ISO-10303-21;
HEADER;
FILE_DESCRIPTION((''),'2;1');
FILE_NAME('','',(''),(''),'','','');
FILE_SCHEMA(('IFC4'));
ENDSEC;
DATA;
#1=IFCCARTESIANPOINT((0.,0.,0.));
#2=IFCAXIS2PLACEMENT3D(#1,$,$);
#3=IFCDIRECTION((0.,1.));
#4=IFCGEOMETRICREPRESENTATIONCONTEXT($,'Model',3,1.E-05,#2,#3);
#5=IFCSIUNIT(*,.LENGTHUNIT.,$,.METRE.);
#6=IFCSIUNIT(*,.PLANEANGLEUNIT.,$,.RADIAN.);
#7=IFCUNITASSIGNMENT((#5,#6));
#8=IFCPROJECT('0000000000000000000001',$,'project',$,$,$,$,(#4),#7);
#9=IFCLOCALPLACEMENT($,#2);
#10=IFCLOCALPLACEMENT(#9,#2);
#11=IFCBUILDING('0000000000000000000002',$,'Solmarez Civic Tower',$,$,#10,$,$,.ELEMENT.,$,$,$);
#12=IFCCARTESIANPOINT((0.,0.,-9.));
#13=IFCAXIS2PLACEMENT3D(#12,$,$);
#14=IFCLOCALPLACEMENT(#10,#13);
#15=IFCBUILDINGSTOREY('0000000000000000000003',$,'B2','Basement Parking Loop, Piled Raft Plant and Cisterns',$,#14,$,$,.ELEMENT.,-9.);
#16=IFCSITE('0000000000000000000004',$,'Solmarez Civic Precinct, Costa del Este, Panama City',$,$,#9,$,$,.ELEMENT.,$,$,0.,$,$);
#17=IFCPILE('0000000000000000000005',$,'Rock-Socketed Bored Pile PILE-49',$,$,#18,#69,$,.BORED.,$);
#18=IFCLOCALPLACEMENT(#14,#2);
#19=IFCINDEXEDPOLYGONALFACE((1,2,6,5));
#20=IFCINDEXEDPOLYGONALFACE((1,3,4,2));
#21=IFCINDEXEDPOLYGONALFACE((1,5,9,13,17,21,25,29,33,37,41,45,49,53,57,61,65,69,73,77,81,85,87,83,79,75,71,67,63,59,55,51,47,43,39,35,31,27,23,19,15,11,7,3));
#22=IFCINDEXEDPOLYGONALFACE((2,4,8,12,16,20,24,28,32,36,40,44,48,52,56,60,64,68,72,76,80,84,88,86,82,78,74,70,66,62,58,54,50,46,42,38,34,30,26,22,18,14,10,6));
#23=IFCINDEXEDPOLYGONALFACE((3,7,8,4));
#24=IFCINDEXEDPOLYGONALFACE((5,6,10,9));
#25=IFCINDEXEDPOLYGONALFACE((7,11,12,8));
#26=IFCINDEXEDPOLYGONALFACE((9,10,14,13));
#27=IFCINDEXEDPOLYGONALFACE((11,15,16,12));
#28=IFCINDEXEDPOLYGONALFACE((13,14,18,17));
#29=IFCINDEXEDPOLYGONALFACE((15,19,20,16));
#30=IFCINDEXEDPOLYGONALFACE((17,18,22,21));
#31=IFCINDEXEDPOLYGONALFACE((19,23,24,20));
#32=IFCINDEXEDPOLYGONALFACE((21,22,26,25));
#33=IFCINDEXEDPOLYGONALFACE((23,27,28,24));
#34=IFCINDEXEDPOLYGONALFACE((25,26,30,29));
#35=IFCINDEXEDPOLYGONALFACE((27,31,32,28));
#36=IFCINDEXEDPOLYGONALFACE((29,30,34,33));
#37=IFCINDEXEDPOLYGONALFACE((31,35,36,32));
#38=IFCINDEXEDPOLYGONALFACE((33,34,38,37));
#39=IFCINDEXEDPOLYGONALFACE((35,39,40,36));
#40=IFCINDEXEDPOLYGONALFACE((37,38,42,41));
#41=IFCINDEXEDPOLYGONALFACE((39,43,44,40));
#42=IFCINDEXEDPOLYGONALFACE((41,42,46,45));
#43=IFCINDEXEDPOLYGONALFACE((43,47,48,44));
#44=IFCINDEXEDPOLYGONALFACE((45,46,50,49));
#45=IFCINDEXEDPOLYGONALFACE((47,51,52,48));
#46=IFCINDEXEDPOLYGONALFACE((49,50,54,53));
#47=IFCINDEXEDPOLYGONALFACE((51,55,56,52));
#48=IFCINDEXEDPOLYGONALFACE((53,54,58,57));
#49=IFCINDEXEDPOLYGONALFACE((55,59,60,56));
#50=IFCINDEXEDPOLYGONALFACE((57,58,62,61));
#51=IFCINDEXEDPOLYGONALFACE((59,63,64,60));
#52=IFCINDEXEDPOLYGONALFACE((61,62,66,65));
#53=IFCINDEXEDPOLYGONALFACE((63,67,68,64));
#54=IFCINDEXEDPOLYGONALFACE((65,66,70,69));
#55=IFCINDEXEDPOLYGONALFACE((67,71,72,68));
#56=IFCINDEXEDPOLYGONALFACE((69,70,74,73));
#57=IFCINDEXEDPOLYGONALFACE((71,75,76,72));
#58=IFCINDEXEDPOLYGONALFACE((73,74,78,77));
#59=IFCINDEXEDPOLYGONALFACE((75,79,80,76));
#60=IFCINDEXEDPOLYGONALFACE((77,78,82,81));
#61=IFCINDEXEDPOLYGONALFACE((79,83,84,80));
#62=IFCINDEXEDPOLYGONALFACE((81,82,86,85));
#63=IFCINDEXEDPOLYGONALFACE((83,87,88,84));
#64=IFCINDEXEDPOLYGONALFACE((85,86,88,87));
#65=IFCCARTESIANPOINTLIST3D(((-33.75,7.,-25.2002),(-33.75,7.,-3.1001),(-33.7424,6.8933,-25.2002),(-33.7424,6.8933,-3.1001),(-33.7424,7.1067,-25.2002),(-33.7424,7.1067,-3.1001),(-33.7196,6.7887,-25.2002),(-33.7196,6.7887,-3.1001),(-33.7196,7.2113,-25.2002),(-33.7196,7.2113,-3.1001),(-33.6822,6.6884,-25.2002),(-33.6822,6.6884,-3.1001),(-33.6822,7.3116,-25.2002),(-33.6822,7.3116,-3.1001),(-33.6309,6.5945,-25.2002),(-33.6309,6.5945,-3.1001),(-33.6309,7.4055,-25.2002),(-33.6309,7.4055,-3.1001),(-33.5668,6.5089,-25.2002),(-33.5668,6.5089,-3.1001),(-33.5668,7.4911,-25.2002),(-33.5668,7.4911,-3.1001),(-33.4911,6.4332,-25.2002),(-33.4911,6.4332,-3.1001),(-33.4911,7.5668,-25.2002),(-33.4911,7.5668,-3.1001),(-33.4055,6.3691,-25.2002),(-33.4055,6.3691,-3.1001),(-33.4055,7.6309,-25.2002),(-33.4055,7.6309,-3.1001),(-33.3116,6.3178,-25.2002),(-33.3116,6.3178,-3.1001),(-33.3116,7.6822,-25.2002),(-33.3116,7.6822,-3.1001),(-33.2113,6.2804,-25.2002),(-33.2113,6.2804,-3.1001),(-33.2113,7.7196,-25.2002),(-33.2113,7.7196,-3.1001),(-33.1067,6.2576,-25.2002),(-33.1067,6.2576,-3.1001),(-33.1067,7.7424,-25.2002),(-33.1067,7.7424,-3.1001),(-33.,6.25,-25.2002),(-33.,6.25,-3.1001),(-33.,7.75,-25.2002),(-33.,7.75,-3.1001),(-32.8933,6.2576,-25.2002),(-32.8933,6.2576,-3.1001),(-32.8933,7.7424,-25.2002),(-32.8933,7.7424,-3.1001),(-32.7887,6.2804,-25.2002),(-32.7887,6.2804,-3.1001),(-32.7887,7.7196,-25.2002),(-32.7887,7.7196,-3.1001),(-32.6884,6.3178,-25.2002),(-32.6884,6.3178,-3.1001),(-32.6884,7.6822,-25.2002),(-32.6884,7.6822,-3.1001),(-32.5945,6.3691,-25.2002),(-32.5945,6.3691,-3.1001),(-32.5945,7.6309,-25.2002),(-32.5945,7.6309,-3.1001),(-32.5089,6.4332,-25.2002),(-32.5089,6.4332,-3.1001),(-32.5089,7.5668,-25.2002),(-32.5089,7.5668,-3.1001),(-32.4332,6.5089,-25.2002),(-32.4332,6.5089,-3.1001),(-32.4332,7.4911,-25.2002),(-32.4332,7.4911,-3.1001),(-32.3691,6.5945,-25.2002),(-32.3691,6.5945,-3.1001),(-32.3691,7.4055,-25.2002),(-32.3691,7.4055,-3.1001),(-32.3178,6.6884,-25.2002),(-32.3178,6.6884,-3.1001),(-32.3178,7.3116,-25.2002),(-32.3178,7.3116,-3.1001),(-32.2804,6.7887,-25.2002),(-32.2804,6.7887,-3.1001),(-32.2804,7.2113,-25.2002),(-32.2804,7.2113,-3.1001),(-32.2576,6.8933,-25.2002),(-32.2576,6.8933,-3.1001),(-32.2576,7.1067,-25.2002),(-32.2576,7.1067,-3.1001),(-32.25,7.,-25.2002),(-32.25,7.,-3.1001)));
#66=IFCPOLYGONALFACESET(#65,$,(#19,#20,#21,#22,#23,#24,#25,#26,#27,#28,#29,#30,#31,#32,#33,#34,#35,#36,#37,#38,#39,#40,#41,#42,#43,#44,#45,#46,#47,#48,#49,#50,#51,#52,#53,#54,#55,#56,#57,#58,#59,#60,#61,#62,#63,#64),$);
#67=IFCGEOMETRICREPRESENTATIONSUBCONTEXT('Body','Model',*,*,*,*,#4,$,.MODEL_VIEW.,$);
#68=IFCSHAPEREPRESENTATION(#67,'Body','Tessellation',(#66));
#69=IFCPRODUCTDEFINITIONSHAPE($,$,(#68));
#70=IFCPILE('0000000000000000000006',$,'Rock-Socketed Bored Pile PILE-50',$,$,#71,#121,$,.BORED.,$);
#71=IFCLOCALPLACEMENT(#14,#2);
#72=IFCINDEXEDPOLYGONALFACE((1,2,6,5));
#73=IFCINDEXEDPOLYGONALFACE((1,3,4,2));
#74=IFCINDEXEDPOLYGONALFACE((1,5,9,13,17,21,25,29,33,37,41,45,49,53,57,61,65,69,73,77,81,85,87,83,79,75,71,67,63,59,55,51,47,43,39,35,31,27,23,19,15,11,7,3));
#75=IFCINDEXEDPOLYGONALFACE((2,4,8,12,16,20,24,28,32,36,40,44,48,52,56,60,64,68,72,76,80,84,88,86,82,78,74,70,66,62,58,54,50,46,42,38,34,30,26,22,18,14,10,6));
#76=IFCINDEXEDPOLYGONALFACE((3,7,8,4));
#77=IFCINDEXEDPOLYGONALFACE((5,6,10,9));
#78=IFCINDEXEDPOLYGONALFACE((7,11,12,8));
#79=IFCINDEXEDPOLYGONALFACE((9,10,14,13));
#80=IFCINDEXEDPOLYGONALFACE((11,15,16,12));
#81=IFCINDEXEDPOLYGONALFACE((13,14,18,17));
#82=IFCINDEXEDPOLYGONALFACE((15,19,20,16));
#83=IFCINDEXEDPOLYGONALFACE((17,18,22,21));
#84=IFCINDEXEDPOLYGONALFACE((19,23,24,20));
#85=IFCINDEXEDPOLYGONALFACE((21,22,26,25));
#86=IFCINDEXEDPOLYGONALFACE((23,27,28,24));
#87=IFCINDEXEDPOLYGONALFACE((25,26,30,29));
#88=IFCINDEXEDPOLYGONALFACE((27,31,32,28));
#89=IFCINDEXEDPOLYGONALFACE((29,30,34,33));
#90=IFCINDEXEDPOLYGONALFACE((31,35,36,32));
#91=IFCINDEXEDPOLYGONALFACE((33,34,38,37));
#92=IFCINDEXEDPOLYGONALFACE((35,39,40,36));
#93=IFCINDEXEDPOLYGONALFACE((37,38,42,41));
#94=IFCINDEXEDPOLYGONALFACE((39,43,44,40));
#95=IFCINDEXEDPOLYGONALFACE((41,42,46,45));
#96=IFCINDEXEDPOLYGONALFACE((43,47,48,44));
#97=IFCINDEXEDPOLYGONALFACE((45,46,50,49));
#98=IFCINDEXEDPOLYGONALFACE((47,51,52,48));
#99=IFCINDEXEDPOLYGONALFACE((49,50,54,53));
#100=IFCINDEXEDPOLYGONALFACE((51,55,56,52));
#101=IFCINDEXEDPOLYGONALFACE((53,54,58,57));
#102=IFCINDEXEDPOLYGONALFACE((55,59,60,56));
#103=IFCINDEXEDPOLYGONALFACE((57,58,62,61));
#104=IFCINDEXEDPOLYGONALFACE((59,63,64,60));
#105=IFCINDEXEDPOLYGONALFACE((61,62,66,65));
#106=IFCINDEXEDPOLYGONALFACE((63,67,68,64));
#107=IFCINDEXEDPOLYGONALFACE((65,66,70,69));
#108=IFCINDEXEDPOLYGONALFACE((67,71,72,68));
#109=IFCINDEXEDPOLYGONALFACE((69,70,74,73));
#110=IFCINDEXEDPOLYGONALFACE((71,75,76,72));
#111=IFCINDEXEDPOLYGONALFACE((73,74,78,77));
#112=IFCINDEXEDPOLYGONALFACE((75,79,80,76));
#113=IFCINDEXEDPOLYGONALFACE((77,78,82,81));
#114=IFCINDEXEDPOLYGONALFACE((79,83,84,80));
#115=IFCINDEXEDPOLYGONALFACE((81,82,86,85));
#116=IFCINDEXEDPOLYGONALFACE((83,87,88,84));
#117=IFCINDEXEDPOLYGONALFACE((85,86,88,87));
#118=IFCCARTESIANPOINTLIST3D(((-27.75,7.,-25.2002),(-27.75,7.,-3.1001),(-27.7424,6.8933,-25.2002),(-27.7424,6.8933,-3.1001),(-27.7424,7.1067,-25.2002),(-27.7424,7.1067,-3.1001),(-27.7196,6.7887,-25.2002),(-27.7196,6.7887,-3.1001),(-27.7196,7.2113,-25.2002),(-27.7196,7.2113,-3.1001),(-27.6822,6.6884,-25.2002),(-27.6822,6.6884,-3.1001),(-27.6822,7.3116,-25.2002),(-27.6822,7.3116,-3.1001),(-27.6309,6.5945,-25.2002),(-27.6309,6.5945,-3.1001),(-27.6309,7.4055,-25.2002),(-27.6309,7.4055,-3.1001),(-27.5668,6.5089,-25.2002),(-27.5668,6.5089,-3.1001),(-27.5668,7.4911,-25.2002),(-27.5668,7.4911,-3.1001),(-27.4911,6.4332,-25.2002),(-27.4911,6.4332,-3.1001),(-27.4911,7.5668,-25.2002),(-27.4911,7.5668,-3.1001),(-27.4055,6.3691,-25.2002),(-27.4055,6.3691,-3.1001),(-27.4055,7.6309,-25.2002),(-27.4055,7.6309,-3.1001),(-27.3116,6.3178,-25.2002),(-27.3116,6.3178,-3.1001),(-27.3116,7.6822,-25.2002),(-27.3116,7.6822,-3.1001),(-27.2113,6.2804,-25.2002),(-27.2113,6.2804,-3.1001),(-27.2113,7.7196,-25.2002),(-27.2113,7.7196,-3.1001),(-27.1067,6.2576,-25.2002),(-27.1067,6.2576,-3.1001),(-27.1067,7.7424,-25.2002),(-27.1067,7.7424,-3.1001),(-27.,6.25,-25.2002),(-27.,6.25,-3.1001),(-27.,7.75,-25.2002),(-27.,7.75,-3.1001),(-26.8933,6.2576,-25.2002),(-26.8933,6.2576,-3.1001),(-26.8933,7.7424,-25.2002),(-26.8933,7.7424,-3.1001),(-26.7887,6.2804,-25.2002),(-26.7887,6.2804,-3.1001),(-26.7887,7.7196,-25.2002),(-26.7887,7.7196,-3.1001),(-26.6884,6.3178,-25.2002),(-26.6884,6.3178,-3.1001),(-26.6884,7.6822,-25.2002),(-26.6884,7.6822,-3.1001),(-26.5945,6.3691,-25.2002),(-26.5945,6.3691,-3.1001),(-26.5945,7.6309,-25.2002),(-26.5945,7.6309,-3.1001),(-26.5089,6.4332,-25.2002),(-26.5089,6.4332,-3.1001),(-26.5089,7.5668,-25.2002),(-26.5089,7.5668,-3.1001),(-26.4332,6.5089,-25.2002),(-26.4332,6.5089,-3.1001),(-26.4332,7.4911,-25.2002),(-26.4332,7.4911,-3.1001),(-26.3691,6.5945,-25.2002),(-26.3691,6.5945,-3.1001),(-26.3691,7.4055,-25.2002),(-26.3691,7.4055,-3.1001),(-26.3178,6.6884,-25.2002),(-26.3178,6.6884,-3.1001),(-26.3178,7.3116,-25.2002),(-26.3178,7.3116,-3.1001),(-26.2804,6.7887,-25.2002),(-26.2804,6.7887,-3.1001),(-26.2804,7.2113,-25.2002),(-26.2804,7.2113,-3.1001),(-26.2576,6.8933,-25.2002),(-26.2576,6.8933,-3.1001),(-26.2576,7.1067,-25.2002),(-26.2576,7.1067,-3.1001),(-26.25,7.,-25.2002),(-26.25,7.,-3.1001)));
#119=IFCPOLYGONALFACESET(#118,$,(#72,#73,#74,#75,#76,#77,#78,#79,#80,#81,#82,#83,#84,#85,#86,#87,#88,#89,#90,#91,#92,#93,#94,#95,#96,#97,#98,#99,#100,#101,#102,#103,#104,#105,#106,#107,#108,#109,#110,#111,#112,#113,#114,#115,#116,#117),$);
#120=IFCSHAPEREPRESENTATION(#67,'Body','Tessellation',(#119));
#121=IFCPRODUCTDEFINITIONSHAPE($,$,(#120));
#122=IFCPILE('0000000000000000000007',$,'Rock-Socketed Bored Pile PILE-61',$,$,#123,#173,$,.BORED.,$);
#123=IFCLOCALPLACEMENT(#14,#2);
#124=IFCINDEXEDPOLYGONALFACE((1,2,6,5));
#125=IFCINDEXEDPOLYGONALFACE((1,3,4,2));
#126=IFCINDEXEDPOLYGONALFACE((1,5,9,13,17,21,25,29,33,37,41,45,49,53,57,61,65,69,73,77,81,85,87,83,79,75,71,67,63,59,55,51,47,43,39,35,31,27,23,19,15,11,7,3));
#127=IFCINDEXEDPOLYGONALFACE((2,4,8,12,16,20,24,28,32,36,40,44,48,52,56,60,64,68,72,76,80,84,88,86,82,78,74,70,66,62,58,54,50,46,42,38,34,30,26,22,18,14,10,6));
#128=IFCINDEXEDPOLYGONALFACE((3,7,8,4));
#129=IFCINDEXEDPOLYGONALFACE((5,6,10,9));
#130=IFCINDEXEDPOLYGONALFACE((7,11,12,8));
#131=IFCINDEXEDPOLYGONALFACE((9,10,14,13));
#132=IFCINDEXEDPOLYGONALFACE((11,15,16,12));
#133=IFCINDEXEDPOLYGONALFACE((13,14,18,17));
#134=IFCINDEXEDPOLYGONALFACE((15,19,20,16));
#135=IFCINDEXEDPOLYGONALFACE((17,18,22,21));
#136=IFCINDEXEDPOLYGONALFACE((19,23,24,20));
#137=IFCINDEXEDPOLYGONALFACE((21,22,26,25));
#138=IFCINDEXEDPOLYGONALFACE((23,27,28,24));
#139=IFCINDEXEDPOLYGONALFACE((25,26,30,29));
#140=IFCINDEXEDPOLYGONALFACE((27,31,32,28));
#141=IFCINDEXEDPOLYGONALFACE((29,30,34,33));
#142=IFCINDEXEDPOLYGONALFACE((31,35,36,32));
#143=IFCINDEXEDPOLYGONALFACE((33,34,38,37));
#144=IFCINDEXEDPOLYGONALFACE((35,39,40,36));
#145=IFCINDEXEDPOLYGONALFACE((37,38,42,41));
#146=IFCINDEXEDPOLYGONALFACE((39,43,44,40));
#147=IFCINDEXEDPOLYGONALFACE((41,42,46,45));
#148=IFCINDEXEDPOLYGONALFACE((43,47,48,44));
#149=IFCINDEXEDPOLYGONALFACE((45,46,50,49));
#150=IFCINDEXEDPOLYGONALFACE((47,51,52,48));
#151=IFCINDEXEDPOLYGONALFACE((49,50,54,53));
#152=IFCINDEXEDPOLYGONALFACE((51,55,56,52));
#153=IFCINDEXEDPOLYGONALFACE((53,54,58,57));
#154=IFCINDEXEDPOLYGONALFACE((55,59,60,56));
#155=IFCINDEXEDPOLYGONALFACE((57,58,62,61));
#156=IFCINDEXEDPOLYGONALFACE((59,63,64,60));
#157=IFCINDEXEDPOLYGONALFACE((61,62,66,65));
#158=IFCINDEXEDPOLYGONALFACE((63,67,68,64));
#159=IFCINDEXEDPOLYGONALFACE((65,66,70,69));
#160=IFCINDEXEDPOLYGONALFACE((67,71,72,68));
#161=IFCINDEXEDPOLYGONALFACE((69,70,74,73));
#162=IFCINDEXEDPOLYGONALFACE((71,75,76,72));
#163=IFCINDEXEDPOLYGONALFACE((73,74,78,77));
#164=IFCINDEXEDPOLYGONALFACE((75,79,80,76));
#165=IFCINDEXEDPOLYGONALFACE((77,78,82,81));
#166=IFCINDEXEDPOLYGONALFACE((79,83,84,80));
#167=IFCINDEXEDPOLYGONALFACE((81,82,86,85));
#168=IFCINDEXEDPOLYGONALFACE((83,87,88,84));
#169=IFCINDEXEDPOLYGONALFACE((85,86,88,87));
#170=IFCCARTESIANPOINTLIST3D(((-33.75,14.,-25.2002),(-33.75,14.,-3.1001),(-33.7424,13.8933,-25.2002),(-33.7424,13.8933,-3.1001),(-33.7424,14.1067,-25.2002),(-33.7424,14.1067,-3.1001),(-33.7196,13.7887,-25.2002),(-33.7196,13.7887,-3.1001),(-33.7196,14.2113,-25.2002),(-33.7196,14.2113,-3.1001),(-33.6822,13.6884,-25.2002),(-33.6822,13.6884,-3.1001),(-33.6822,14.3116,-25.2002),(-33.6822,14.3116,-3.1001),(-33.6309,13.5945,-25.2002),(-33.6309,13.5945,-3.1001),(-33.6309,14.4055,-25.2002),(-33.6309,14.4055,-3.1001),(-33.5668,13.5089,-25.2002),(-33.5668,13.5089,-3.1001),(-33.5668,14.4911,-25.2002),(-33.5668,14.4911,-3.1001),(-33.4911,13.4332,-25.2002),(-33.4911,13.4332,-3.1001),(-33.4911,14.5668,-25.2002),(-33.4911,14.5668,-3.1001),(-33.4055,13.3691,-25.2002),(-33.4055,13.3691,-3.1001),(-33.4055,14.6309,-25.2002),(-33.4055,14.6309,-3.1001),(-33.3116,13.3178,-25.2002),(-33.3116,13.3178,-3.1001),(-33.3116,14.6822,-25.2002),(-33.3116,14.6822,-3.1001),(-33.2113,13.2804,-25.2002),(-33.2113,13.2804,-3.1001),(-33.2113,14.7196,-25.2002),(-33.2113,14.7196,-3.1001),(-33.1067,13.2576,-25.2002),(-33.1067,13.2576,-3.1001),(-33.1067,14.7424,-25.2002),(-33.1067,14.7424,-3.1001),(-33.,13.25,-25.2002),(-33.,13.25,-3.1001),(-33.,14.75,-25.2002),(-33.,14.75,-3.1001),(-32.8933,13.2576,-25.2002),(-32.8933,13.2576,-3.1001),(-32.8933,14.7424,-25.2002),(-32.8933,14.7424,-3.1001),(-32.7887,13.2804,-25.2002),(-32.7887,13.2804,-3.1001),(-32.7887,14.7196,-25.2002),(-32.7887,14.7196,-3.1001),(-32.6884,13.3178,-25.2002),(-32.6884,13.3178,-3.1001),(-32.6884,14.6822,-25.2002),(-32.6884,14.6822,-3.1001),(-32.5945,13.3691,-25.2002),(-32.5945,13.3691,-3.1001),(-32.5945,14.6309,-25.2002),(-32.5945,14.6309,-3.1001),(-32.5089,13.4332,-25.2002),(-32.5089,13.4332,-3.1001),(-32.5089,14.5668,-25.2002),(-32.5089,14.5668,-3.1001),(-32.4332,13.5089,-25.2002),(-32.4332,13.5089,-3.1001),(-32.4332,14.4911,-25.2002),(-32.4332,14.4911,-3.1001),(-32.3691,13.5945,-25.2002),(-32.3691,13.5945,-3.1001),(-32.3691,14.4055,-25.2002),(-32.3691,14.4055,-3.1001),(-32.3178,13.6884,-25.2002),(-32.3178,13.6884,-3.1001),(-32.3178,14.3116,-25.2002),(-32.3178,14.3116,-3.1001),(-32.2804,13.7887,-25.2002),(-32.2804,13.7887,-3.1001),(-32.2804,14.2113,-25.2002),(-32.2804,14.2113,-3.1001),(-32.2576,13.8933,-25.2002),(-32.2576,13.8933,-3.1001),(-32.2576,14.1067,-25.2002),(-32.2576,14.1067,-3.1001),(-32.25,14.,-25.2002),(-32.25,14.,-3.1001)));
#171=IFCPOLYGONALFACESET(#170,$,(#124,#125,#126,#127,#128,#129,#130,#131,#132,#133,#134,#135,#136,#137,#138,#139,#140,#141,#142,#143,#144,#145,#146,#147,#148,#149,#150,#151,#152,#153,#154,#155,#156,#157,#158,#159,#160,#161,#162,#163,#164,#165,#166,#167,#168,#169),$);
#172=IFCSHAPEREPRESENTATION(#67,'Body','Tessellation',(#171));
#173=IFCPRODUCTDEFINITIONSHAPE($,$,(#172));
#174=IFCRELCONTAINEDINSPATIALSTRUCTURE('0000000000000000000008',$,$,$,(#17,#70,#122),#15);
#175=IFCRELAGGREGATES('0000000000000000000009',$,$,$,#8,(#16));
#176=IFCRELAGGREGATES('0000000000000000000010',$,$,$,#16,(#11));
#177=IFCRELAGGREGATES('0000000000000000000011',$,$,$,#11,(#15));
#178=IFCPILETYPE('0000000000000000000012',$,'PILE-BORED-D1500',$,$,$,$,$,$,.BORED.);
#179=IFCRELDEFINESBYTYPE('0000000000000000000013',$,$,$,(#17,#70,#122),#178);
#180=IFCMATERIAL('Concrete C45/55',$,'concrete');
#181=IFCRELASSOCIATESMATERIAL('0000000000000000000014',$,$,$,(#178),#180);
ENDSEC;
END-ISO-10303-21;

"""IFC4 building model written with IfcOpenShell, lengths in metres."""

from ifc_helpers import new_model, si_unit, direction, frame, origin, origin_2d, place, context, subcontext, project, spatial, circle, extrude, material, material_profile, profile_set, type_object, element, save


model = new_model("IFC4")

# Units and contexts
model_context = context("Model", 3, precision=1e-05, world=origin(), true_north=direction((0.0, 1.0)))
body_context = subcontext(model_context, "Body", "Model", "MODEL_VIEW")
ifc_project = project(units=[si_unit("LENGTHUNIT", "METRE"), si_unit("PLANEANGLEUNIT", "RADIAN")], contexts=[model_context])

# Site, building, storey
site_placement = place(None, origin())
site = spatial("IfcSite", under=ifc_project, at=site_placement, Name="Solmarez Civic Precinct, Costa del Este, Panama City", CompositionType="ELEMENT", RefElevation=0.0)
building_placement = place(site_placement, origin())
building = spatial("IfcBuilding", under=site, at=building_placement, Name="Solmarez Civic Tower", CompositionType="ELEMENT")
storey_placement = place(building_placement, frame((0.0, 0.0, -9.0)))
storey = spatial("IfcBuildingStorey", under=building, at=storey_placement, Name="B2", Description="Basement Parking Loop, Piled Raft Plant and Cisterns", CompositionType="ELEMENT", Elevation=-9.0)

# Piles
ifc_material_1 = material(Name="Concrete C45/55", Category="concrete")
ifc_material_profile_1 = material_profile(ifc_material_1, circle(Radius=0.75, at=origin_2d()), Name="PILE-D1500")
ifc_profile_set_1 = profile_set([ifc_material_profile_1], Name="Concrete C45/55")
pile_type = type_object("IfcPileType", Name="PILE-BORED-D1500", PredefinedType="BORED", material=ifc_profile_set_1)
for number, where, z_axis, x_axis, name in (
    (1, (-33.0, 7.0, -3.1001), (0.0, 0.0, -1.0), (1.0, 0.0, 0.0), "Rock-Socketed Bored Pile PILE-49"),
    (2, (-27.0, 7.0, -3.1001), (0.0, 0.0, -1.0), (1.0, 0.0, 0.0), "Rock-Socketed Bored Pile PILE-50"),
    (3, (-33.0, 14.0, -3.1001), (0.0, 0.0, -1.0), (1.0, 0.0, 0.0), "Rock-Socketed Bored Pile PILE-61"),
):
    element("IfcPile", number, at=place(storey_placement, frame(where, z_axis=z_axis, x_axis=x_axis)), inside=storey, type_object=pile_type, Name=name, PredefinedType="BORED", context=body_context, shape_type="SweptSolid", body=[
        extrude(circle(Radius=0.75, at=origin_2d()), origin(), (0.0, 0.0, 1.0), 22.1001),
    ])

save(model, "model.ifc")
